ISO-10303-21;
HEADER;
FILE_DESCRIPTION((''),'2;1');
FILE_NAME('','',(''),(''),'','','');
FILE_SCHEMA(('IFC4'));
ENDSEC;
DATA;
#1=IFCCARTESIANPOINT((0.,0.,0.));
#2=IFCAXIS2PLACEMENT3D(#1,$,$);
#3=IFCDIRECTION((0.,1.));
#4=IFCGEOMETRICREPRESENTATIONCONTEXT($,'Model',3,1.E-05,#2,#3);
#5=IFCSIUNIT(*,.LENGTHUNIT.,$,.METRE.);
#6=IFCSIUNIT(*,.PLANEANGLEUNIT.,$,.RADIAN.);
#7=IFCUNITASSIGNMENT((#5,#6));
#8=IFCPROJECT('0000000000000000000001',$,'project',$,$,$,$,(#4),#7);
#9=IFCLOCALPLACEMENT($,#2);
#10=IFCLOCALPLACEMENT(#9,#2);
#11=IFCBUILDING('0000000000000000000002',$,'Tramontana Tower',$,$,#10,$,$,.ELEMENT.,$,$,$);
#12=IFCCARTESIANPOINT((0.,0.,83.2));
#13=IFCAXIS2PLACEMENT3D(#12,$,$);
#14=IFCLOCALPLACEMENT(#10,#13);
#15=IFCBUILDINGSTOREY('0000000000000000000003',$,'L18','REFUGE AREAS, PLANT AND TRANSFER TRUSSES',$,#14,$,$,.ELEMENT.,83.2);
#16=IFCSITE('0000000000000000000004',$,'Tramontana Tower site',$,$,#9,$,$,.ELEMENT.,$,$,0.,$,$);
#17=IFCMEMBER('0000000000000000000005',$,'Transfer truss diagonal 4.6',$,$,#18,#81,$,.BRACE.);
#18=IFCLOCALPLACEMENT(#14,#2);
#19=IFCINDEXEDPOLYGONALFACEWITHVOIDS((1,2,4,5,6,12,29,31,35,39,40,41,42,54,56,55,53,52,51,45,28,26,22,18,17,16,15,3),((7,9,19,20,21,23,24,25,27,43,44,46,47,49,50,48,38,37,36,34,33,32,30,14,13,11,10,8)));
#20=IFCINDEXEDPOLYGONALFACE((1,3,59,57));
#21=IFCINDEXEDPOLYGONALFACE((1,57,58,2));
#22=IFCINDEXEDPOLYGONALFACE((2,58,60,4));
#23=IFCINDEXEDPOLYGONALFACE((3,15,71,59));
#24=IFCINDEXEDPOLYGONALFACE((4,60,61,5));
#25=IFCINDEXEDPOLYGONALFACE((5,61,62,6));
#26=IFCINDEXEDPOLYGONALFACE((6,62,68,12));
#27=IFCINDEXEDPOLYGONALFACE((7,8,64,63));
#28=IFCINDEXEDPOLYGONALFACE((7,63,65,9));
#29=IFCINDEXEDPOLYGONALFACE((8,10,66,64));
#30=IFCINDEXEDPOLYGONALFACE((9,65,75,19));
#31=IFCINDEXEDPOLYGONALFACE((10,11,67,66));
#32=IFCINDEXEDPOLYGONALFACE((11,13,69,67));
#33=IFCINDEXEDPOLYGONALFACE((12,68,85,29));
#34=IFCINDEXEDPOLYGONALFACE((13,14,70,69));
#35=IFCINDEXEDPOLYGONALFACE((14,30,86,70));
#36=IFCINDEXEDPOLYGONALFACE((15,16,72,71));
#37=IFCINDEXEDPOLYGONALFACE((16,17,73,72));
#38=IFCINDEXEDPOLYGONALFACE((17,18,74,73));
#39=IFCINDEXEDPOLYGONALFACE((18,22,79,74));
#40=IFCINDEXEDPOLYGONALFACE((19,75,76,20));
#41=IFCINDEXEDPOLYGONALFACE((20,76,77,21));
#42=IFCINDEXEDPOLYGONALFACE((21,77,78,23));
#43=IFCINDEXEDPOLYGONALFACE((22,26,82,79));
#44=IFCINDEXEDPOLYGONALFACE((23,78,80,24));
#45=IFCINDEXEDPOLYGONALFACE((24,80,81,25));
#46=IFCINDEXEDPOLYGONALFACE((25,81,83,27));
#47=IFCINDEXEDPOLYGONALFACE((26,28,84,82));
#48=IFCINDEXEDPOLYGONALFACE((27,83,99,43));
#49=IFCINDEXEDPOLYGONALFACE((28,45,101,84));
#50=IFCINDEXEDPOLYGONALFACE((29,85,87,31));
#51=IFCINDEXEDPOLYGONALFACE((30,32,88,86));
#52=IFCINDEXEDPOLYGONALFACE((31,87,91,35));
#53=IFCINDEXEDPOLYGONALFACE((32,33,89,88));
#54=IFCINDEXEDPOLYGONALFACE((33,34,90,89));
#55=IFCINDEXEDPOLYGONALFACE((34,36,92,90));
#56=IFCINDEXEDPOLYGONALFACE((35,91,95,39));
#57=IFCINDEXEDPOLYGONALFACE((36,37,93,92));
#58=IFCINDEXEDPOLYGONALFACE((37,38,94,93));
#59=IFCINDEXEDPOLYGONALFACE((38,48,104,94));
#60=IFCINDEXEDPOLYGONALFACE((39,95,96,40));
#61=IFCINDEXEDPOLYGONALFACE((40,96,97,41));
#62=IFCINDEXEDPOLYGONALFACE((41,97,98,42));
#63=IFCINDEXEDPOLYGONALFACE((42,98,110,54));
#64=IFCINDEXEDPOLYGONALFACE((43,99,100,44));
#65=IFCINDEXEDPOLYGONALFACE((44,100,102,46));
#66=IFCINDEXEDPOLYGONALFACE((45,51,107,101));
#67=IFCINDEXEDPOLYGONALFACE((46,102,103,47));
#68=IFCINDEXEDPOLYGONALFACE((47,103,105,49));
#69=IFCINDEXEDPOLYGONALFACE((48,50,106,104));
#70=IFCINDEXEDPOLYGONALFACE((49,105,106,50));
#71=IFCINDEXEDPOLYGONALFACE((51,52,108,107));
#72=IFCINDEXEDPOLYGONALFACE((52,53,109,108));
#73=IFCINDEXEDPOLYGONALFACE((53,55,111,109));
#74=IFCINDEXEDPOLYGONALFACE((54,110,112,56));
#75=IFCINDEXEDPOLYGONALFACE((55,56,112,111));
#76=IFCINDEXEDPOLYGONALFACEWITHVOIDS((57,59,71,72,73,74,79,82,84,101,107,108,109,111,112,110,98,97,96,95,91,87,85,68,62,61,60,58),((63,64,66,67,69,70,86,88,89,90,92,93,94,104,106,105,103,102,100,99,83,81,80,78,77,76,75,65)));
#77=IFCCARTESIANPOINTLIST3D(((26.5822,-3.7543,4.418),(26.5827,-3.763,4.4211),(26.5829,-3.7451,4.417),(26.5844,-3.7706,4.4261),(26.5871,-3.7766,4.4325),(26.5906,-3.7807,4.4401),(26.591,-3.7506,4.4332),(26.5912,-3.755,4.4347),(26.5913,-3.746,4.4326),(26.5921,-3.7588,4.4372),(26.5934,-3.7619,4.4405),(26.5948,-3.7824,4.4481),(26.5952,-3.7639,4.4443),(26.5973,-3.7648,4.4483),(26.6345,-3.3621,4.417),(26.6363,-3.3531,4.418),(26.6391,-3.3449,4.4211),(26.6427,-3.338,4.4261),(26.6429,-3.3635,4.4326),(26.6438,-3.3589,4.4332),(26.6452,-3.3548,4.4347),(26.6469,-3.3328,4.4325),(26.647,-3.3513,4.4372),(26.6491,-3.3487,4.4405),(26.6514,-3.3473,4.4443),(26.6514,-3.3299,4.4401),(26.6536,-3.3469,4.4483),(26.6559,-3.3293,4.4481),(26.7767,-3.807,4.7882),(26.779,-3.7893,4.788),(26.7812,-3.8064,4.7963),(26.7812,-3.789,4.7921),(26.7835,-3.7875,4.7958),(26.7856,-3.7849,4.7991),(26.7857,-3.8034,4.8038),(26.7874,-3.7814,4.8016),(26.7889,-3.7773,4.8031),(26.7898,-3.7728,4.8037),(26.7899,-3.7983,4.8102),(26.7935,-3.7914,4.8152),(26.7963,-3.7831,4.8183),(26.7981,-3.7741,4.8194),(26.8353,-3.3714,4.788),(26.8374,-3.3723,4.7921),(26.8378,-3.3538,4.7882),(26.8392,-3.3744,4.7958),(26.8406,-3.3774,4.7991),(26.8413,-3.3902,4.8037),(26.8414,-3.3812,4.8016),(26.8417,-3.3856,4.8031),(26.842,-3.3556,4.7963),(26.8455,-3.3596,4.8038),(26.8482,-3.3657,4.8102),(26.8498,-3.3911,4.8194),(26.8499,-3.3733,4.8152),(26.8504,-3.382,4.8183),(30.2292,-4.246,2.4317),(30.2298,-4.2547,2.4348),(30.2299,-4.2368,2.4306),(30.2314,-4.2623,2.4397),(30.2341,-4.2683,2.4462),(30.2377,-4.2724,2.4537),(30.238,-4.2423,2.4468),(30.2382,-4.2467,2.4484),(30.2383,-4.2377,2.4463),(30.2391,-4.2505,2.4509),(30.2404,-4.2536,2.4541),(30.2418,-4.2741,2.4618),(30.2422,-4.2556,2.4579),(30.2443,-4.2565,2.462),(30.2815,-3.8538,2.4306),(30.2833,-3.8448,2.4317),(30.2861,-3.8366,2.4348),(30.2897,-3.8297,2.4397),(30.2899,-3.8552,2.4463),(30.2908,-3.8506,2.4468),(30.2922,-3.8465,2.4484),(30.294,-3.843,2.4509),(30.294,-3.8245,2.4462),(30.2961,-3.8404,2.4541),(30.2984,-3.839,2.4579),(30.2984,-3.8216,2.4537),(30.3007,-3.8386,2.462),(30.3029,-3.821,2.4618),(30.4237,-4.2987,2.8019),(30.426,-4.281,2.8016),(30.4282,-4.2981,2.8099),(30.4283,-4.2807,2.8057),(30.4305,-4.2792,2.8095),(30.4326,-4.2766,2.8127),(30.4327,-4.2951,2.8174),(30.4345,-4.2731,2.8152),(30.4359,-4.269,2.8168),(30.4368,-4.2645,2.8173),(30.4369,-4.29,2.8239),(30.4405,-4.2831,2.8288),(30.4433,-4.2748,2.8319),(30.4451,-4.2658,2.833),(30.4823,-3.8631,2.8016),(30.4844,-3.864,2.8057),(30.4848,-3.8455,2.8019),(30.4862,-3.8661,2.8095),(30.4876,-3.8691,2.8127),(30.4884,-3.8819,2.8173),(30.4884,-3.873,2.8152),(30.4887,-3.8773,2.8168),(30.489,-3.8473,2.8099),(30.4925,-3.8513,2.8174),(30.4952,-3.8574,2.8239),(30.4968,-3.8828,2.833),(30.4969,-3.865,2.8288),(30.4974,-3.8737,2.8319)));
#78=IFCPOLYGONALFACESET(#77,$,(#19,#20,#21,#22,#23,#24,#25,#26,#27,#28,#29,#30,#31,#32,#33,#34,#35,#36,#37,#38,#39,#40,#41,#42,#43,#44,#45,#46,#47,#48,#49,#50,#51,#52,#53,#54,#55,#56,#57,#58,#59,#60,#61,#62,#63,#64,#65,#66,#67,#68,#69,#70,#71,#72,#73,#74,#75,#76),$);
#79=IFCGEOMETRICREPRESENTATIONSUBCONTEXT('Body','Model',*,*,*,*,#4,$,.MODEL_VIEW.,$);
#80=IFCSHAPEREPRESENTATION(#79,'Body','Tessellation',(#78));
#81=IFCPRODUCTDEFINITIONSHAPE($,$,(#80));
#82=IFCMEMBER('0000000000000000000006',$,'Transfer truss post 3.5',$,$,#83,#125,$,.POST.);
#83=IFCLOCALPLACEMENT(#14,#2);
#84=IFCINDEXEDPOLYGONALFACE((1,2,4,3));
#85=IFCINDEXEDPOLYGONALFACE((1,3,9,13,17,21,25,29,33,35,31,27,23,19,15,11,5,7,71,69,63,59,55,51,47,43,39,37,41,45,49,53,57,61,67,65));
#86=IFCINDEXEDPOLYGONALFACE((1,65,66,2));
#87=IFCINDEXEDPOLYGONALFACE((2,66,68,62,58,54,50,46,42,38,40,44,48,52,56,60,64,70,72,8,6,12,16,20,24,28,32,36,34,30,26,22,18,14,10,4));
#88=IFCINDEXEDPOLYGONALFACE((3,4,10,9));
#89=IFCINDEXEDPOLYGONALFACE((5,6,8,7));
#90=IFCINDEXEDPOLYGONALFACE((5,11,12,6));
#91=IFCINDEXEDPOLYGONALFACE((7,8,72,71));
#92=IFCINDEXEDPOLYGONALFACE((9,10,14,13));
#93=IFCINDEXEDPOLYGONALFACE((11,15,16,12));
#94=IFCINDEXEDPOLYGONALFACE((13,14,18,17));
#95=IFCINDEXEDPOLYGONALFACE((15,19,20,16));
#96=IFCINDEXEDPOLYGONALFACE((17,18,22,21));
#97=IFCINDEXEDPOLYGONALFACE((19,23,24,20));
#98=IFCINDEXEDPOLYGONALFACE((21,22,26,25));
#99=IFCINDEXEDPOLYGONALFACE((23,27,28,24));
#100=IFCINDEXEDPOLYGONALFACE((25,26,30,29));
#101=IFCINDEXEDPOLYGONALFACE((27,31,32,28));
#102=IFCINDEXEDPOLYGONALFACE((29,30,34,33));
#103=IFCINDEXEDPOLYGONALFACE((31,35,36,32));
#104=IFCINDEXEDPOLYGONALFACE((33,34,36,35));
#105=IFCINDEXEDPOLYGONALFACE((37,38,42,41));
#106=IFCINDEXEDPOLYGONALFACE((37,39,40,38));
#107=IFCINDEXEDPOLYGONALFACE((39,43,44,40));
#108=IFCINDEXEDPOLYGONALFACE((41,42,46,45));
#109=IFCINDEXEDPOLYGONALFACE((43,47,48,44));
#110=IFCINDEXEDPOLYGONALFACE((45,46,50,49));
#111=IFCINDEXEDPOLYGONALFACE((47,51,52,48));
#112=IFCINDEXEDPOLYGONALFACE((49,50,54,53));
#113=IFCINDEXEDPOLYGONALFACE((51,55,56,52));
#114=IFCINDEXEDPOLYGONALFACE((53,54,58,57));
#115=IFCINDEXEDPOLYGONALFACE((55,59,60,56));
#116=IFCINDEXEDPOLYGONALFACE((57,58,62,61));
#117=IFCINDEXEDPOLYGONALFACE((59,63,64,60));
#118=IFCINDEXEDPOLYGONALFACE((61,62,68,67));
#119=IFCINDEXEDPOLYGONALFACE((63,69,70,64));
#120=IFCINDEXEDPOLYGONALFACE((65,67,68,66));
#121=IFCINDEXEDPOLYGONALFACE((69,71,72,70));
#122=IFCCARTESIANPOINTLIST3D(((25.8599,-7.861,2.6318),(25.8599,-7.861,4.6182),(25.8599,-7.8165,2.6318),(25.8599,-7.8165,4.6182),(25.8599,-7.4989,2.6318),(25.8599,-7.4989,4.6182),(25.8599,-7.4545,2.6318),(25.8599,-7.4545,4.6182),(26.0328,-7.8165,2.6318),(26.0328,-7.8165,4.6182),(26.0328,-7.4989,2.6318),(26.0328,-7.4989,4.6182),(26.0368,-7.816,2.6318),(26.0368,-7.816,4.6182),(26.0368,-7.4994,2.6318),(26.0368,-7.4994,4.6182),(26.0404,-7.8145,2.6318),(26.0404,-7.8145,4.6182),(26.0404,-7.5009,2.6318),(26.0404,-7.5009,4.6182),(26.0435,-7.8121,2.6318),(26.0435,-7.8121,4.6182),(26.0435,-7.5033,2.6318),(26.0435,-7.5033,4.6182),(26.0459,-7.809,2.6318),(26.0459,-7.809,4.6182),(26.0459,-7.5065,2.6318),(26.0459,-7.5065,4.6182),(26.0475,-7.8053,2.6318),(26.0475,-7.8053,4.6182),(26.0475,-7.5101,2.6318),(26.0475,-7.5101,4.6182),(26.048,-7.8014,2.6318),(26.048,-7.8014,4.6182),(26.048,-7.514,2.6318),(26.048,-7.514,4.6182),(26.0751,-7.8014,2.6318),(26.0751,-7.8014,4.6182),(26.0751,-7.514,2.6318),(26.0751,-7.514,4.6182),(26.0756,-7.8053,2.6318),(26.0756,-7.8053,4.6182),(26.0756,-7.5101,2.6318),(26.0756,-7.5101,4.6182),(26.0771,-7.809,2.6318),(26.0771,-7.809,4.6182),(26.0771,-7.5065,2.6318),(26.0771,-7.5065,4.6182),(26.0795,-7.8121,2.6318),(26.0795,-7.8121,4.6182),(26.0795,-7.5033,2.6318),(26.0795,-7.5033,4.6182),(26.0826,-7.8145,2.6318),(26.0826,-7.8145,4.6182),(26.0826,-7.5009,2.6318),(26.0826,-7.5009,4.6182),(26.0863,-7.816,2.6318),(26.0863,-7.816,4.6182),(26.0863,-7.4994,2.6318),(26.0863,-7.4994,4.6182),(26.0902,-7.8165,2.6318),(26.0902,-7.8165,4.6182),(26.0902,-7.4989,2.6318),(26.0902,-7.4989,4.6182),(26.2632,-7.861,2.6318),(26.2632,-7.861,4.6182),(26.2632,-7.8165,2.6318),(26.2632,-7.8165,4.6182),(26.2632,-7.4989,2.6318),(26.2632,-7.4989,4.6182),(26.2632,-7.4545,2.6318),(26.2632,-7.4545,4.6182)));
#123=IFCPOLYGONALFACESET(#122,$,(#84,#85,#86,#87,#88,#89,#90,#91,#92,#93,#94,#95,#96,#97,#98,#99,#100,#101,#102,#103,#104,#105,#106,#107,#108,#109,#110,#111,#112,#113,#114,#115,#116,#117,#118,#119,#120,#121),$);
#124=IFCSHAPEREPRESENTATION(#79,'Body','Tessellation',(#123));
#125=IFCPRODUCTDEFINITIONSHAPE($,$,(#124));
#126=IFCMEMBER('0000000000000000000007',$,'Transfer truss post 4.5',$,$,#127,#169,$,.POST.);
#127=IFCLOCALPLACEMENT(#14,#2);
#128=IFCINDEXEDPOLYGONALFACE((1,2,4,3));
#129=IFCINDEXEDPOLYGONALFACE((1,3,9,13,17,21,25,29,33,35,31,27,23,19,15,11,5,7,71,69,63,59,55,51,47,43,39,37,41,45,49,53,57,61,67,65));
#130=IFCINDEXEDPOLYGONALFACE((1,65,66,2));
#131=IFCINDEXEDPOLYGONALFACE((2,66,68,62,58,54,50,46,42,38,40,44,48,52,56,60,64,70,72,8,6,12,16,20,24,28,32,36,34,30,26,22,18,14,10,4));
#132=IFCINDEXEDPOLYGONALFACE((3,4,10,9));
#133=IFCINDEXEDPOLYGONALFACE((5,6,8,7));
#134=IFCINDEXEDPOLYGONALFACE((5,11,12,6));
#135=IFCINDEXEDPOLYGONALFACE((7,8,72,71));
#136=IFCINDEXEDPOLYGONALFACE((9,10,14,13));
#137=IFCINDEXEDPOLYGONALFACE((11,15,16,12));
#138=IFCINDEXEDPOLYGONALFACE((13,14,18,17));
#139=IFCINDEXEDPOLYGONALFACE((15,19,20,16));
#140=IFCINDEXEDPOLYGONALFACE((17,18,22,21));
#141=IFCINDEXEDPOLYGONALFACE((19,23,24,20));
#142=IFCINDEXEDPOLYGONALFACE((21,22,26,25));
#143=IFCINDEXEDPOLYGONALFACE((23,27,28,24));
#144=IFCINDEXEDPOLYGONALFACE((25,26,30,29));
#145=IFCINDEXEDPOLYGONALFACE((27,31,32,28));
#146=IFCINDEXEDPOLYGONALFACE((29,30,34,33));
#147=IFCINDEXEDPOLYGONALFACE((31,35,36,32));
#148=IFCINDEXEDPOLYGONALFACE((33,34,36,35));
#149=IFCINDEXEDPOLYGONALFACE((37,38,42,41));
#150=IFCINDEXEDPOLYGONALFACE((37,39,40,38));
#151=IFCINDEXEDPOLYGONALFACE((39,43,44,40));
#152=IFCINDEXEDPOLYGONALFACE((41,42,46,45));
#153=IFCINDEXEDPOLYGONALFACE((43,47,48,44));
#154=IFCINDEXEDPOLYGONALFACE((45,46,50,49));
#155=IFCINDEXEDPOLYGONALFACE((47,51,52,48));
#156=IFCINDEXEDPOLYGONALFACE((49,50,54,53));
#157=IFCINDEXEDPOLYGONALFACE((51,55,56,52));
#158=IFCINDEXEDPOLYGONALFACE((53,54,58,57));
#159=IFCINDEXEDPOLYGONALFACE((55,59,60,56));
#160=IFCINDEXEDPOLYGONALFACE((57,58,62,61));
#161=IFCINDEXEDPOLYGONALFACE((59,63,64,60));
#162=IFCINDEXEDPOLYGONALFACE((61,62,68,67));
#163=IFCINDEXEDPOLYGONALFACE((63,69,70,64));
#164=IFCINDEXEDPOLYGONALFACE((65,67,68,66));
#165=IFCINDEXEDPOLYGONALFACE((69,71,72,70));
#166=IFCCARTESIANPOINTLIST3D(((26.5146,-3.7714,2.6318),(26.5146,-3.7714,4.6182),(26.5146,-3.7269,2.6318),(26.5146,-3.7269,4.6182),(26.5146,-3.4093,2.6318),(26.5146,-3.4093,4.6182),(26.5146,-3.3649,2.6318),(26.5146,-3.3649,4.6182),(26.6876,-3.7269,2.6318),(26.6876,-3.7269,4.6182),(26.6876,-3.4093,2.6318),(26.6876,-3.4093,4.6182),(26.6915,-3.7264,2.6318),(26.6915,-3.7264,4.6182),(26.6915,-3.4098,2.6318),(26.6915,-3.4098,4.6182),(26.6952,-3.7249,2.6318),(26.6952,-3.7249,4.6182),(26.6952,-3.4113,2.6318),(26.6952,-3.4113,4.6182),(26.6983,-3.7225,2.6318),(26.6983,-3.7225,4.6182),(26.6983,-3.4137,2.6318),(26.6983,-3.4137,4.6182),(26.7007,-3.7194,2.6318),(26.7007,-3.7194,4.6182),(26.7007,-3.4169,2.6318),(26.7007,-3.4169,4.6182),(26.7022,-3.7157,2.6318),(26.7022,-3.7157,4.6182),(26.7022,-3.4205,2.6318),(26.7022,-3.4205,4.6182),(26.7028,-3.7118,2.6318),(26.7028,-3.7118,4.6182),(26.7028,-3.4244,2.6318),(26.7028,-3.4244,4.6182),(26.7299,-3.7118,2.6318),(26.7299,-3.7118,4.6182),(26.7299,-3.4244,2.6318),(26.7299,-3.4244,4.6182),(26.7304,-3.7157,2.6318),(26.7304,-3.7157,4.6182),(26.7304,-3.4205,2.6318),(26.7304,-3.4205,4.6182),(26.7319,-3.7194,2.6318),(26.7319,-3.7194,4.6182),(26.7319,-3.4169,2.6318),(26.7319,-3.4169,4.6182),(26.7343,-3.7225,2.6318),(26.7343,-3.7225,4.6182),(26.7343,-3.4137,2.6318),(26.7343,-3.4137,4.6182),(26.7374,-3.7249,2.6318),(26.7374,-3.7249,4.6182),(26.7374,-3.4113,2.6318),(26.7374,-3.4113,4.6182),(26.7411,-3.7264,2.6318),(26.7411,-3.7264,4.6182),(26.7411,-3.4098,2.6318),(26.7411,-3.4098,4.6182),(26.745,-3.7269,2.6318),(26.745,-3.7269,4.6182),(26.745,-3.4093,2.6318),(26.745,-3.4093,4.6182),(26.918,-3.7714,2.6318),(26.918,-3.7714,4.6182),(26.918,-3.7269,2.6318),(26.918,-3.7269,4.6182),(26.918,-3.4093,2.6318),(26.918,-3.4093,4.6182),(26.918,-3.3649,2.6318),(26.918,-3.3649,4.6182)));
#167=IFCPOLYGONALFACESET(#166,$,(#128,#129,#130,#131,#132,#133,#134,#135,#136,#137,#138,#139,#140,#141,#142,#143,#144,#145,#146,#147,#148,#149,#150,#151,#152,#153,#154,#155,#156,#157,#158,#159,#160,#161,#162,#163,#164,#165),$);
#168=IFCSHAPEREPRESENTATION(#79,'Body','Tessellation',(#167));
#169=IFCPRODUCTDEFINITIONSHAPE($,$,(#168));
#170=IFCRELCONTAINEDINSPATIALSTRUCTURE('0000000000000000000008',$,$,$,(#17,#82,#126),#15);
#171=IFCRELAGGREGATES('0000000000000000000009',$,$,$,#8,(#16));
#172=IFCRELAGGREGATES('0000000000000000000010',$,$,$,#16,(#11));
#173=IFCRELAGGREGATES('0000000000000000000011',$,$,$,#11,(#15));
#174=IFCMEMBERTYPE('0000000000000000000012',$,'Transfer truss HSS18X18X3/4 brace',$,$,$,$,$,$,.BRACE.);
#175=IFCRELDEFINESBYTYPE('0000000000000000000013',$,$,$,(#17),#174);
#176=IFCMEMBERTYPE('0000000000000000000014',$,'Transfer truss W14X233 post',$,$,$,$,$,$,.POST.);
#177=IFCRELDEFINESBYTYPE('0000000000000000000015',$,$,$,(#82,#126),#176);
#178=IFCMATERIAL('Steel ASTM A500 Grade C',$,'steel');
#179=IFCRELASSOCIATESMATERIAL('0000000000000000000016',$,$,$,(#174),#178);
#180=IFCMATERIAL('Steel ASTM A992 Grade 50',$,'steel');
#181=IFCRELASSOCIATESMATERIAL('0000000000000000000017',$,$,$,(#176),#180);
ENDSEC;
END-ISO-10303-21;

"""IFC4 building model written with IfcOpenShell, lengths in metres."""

from ifc_helpers import new_model, si_unit, direction, frame, origin, origin_2d, place, context, subcontext, project, spatial, hollow_rectangle, i_section, extrude, material, material_profile, profile_set, type_object, element, save


model = new_model("IFC4")

# Units and contexts
model_context = context("Model", 3, precision=1e-05, world=origin(), true_north=direction((0.0, 1.0)))
body_context = subcontext(model_context, "Body", "Model", "MODEL_VIEW")
ifc_project = project(units=[si_unit("LENGTHUNIT", "METRE"), si_unit("PLANEANGLEUNIT", "RADIAN")], contexts=[model_context])

# Site, building, storey
site_placement = place(None, origin())
site = spatial("IfcSite", under=ifc_project, at=site_placement, Name="Tramontana Tower site", CompositionType="ELEMENT", RefElevation=0.0)
building_placement = place(site_placement, origin())
building = spatial("IfcBuilding", under=site, at=building_placement, Name="Tramontana Tower", CompositionType="ELEMENT")
storey_placement = place(building_placement, frame((0.0, 0.0, 83.2)))
storey = spatial("IfcBuildingStorey", under=building, at=storey_placement, Name="L18", Description="REFUGE AREAS, PLANT AND TRANSFER TRUSSES", CompositionType="ELEMENT", Elevation=83.2)

# Members
ifc_material_1 = material(Name="Steel ASTM A500 Grade C", Category="steel")
ifc_material_profile_1 = material_profile(ifc_material_1, hollow_rectangle(XDim=0.4573, YDim=0.4573, WallThickness=0.0178, InnerFilletRadius=0.0178, OuterFilletRadius=0.0354, at=origin_2d()), Name="HSS18X18X3/4")
ifc_profile_set_1 = profile_set([ifc_material_profile_1], Name="Steel ASTM A500 Grade C")
member_type_1 = type_object("IfcMemberType", Name="Transfer truss HSS18X18X3/4 brace", PredefinedType="BRACE", material=ifc_profile_set_1)
member_1_placement = place(storey_placement, frame((26.7163, -3.5681, 4.6182), z_axis=(0.8721, -0.11758, -0.474991), x_axis=(0.133615, 0.991033, 0.0)))
element("IfcMember", 1, at=member_1_placement, inside=storey, type_object=member_type_1, Name="Transfer truss diagonal 4.6", PredefinedType="BRACE", context=body_context, shape_type="SweptSolid", body=[
    extrude(hollow_rectangle(XDim=0.4573, YDim=0.4573, WallThickness=0.0178, InnerFilletRadius=0.0178, OuterFilletRadius=0.0354, at=origin_2d()), origin(), (0.0, 0.0, 1.0), 4.1819),
])
ifc_material_2 = material(Name="Steel ASTM A992 Grade 50", Category="steel")
ifc_material_profile_2 = material_profile(ifc_material_2, i_section(OverallWidth=0.4033, OverallDepth=0.4065, WebThickness=0.0271, FlangeThickness=0.0444, FilletRadius=0.0151, at=origin_2d()), Name="W14X233")
ifc_profile_set_2 = profile_set([ifc_material_profile_2], Name="Steel ASTM A992 Grade 50")
member_type_2 = type_object("IfcMemberType", Name="Transfer truss W14X233 post", PredefinedType="POST", material=ifc_profile_set_2)
for number, where, z_axis, x_axis, name in (
    (2, (26.0615, -7.6577, 2.6318), (0.0, 0.0, 1.0), (1.0, 0.0, 0.0), "Transfer truss post 3.5"),
    (3, (26.7163, -3.5681, 2.6318), (0.0, 0.0, 1.0), (1.0, 0.0, 0.0), "Transfer truss post 4.5"),
):
    element("IfcMember", number, at=place(storey_placement, frame(where, z_axis=z_axis, x_axis=x_axis)), inside=storey, type_object=member_type_2, Name=name, PredefinedType="POST", context=body_context, shape_type="SweptSolid", body=[
        extrude(i_section(OverallWidth=0.4033, OverallDepth=0.4065, WebThickness=0.0271, FlangeThickness=0.0444, FilletRadius=0.0151, at=origin_2d()), origin(), (0.0, 0.0, 1.0), 1.9863),
    ])

save(model, "model.ifc")
